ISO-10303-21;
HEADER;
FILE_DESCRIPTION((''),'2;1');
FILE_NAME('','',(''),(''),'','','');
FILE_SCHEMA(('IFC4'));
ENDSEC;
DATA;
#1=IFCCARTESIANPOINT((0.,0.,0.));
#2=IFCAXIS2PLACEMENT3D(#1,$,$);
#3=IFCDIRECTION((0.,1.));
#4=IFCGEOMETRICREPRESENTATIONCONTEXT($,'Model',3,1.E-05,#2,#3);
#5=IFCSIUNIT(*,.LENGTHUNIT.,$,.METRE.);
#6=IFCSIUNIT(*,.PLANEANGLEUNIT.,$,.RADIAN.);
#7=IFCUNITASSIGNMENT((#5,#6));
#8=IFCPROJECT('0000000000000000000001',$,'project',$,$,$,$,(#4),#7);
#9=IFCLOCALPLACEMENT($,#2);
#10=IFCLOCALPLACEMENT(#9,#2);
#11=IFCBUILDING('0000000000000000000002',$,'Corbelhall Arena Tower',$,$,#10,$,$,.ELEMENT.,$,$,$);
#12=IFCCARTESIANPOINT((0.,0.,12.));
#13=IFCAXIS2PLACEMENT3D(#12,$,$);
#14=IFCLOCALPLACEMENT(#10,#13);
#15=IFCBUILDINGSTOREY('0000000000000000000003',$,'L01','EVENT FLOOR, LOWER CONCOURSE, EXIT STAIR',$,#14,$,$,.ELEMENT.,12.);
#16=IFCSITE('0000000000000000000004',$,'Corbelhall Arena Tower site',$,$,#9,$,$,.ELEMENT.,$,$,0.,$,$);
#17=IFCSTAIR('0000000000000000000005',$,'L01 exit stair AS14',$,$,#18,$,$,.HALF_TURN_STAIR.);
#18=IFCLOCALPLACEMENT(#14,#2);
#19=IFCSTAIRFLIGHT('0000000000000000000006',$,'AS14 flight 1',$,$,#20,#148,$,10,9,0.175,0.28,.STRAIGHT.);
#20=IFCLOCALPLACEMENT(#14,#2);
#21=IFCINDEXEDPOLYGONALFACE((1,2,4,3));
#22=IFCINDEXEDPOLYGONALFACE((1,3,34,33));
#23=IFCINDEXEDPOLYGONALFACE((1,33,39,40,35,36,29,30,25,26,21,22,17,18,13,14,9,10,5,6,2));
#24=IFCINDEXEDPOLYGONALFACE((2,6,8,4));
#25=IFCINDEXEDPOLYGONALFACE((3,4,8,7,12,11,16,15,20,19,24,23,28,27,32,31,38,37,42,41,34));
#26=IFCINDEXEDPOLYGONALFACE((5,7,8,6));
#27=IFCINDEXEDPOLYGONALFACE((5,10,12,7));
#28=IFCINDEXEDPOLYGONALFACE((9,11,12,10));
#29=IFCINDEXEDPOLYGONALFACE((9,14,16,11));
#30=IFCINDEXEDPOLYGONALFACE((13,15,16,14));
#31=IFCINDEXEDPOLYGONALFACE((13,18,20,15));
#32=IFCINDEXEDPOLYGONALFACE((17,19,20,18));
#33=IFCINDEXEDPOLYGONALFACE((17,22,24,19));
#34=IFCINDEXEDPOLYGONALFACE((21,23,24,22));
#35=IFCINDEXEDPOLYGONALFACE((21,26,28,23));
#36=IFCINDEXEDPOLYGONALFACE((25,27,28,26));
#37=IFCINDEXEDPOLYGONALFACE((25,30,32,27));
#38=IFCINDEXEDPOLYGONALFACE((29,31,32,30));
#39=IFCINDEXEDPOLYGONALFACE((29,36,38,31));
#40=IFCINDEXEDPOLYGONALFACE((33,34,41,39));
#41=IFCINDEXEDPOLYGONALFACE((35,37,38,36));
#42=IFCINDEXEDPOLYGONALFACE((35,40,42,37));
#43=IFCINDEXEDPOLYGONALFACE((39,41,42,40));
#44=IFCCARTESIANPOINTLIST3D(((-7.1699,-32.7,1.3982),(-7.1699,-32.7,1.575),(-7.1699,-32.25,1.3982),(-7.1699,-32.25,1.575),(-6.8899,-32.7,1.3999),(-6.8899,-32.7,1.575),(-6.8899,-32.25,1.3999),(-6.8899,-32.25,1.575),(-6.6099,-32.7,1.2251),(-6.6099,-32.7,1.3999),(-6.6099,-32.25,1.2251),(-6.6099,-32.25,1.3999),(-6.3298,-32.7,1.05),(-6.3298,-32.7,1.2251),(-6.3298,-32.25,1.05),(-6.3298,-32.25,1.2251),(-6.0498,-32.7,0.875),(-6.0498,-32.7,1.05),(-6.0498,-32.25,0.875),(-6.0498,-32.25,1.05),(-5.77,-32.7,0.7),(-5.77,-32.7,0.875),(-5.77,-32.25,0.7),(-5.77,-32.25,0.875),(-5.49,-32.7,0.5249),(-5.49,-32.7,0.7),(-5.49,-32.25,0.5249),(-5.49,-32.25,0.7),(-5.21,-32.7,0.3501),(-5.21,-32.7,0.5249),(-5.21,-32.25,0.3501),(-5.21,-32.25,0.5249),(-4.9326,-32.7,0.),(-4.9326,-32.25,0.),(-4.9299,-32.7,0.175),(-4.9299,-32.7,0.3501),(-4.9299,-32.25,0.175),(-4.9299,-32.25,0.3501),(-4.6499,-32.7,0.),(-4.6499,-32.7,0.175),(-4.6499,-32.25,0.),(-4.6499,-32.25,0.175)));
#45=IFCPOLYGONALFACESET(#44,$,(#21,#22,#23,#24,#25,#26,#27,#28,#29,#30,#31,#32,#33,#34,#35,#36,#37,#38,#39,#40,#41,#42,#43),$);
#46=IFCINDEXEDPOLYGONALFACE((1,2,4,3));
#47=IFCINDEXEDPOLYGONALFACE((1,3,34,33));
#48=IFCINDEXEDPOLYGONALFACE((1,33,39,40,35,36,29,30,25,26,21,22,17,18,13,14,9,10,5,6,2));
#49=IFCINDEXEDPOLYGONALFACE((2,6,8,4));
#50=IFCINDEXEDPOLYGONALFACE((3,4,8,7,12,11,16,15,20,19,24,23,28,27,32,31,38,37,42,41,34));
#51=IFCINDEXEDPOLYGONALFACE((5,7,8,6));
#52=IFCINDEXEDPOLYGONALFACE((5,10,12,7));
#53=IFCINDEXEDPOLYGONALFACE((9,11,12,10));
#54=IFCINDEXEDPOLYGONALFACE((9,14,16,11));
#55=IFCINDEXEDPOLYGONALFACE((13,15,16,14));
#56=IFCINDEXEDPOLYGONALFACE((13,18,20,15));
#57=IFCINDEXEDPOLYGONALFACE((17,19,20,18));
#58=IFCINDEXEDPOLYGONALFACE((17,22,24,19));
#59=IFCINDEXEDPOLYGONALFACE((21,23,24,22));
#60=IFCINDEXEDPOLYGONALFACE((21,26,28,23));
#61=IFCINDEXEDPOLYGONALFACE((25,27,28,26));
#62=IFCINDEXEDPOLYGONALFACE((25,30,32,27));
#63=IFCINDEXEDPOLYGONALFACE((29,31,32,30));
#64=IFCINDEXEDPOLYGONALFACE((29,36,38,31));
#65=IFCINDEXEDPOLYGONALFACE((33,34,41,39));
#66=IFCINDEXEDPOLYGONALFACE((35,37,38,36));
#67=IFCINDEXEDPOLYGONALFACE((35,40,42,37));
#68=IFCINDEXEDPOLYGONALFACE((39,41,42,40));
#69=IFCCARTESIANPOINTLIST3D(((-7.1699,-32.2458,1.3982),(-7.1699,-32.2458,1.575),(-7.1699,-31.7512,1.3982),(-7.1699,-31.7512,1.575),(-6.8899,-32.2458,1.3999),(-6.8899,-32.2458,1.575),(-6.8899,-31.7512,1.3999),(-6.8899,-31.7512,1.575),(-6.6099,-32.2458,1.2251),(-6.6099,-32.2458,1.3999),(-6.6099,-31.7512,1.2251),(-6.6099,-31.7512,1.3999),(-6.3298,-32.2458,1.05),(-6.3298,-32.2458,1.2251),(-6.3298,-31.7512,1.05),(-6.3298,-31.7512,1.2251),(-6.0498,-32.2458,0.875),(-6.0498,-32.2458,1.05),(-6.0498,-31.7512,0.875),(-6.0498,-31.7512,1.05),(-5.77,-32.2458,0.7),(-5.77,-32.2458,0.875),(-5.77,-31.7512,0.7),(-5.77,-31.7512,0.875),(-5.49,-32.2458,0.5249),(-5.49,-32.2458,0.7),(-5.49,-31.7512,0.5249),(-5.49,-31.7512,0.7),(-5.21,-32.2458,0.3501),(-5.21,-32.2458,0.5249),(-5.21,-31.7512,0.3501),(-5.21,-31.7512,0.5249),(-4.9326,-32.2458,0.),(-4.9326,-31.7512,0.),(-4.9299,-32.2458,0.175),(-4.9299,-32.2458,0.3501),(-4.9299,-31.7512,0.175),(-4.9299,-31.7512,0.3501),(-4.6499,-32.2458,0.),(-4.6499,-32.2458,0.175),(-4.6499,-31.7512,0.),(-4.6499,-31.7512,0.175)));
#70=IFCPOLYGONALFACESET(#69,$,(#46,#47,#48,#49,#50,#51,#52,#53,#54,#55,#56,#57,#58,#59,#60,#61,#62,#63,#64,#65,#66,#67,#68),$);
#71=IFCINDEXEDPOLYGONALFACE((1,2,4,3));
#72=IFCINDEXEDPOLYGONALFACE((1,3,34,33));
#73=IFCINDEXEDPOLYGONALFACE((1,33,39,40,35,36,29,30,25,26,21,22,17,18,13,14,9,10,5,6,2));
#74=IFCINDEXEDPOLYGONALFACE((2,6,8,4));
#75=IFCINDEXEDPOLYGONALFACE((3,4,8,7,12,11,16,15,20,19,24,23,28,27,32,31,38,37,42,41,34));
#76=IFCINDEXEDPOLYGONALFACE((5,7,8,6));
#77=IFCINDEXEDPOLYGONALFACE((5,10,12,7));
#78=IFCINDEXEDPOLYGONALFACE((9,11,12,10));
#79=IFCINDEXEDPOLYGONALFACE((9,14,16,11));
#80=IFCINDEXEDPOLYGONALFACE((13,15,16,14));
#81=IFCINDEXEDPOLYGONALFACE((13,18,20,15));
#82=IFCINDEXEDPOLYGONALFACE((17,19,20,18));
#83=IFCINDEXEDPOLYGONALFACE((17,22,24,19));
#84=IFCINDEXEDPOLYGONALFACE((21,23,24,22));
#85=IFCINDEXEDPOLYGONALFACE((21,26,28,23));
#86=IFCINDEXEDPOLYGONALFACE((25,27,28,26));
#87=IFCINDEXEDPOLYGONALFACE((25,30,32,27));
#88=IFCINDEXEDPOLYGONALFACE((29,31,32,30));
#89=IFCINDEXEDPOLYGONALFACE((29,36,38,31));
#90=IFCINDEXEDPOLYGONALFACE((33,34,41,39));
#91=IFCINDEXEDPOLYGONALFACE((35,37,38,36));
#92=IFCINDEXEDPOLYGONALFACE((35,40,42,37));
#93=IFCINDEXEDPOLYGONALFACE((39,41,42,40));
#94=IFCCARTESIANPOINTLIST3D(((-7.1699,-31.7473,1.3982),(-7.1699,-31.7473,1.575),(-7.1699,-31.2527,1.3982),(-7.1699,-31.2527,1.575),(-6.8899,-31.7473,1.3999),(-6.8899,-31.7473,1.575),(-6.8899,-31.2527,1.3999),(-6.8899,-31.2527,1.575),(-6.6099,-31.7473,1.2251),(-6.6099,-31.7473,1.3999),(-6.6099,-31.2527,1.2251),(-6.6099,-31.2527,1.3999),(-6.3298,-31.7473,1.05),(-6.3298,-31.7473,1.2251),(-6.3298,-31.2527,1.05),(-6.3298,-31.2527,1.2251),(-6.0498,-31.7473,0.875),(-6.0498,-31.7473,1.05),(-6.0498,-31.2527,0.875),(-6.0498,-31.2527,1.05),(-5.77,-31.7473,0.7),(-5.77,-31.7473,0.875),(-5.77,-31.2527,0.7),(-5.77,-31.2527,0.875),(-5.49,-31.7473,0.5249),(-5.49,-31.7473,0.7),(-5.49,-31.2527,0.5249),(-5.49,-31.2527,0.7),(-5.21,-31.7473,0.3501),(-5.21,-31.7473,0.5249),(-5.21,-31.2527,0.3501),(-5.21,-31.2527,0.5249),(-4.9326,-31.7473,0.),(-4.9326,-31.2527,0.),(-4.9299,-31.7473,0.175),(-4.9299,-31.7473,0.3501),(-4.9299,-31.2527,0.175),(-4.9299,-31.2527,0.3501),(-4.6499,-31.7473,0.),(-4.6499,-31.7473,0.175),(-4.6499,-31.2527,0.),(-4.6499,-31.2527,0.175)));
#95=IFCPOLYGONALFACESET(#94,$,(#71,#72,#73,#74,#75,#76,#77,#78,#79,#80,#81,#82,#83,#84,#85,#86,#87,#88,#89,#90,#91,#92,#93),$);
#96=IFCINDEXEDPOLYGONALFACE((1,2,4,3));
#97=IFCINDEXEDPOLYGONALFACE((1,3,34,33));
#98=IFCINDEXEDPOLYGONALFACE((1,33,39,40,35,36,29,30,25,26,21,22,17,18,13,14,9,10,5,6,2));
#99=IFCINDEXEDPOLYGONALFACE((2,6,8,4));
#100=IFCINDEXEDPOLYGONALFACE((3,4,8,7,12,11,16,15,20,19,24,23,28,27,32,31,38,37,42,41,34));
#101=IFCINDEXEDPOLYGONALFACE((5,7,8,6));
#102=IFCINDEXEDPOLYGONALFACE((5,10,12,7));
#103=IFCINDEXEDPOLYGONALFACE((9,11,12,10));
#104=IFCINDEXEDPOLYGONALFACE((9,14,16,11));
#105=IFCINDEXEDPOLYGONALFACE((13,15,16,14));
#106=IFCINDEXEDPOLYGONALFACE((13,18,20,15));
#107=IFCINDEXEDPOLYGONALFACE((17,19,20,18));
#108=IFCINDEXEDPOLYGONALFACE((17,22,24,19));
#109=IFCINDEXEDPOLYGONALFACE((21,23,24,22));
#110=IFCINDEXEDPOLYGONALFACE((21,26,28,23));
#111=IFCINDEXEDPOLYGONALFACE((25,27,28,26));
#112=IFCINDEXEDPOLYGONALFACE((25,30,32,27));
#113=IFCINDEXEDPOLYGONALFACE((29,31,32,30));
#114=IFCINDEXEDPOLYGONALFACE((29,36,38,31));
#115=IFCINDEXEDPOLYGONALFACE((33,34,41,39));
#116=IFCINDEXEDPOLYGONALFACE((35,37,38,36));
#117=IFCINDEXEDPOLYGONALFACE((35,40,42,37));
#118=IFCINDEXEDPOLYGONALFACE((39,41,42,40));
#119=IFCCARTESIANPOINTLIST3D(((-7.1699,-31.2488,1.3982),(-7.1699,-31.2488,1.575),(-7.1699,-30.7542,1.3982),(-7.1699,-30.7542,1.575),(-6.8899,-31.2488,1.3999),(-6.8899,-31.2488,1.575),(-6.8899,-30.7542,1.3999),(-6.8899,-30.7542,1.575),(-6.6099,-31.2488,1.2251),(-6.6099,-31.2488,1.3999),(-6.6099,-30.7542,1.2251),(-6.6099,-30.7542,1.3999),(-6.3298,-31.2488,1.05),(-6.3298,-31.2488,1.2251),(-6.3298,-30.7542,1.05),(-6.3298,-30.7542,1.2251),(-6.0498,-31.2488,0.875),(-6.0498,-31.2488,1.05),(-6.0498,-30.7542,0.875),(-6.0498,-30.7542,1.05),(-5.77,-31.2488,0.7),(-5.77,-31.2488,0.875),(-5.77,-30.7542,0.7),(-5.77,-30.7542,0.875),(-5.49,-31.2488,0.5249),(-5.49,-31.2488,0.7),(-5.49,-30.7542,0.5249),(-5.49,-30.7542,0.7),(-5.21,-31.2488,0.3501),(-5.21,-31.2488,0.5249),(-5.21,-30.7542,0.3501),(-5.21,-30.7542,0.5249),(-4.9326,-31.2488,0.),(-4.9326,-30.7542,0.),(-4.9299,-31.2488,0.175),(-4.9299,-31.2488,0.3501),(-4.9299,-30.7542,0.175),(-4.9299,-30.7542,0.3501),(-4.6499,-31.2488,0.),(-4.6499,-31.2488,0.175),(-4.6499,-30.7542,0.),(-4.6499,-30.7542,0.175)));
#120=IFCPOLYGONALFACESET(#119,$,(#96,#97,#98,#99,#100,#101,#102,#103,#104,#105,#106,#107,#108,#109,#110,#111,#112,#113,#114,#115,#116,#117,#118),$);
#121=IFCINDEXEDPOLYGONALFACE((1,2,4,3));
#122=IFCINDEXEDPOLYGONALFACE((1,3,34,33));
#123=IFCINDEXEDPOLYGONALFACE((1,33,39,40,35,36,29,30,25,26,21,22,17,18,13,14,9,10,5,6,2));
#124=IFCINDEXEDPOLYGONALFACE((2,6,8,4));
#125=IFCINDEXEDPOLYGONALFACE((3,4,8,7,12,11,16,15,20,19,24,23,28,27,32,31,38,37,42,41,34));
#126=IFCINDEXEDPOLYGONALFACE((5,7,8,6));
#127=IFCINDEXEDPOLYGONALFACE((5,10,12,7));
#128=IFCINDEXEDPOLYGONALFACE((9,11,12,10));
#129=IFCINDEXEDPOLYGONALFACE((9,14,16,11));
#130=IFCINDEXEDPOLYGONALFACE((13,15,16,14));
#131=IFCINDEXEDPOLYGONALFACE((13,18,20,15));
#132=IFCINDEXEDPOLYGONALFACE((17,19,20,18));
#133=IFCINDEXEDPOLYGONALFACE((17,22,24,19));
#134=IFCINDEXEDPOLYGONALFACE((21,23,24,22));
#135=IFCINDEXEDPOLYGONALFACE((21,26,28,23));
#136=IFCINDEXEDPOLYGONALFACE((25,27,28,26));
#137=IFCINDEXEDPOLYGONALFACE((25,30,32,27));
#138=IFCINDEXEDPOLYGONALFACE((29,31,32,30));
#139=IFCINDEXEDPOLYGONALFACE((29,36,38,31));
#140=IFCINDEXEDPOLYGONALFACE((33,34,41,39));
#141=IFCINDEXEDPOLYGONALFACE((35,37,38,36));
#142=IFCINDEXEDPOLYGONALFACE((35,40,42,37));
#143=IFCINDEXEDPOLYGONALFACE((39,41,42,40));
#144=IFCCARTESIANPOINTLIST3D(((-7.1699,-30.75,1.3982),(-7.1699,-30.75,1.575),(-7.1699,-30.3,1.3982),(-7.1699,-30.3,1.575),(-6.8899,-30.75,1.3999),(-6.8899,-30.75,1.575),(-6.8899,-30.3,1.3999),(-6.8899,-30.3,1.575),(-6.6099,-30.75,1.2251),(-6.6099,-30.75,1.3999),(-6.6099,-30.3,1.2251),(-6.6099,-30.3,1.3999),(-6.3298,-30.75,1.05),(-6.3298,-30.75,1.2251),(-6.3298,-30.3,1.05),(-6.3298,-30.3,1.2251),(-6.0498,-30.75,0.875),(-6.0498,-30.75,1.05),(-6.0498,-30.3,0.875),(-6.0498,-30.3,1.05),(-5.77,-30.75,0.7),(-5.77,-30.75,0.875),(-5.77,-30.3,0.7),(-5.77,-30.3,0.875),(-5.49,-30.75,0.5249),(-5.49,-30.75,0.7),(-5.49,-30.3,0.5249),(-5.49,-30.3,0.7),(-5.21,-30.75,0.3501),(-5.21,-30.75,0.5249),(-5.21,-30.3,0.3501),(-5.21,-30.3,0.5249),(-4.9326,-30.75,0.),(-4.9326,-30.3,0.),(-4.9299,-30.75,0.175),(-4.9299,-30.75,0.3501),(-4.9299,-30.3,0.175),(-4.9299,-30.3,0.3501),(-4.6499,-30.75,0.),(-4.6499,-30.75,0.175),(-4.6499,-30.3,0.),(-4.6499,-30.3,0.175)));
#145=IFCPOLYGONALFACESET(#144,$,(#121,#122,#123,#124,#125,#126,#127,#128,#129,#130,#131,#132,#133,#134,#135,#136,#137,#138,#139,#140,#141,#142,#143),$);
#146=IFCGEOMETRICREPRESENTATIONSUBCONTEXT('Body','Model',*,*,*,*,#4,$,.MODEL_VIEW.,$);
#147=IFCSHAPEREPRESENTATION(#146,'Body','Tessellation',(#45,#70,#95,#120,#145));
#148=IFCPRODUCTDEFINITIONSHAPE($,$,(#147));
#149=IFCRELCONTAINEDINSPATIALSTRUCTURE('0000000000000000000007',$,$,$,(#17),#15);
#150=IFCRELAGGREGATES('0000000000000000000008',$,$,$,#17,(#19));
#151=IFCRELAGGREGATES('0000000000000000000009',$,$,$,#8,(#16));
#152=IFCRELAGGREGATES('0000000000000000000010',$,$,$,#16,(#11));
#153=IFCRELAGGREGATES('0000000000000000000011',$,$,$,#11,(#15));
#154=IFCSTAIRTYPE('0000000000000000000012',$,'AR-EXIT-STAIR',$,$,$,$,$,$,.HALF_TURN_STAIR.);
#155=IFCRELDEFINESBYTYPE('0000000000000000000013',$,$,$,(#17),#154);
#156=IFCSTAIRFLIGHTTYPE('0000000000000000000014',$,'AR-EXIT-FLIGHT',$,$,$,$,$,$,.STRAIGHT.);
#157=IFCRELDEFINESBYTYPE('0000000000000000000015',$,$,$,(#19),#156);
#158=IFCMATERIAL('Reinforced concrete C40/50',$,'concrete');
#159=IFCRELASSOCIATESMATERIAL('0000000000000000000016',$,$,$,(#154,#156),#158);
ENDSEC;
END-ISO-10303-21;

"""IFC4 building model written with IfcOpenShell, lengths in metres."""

from ifc_helpers import new_model, si_unit, direction, frame, origin, place, context, subcontext, project, spatial, polyline, outline, extrude, material, type_object, element, aggregate, save


model = new_model("IFC4")

# Units and contexts
model_context = context("Model", 3, precision=1e-05, world=origin(), true_north=direction((0.0, 1.0)))
body_context = subcontext(model_context, "Body", "Model", "MODEL_VIEW")
ifc_project = project(units=[si_unit("LENGTHUNIT", "METRE"), si_unit("PLANEANGLEUNIT", "RADIAN")], contexts=[model_context])

# Site, building, storey
site_placement = place(None, origin())
site = spatial("IfcSite", under=ifc_project, at=site_placement, Name="Corbelhall Arena Tower site", CompositionType="ELEMENT", RefElevation=0.0)
building_placement = place(site_placement, origin())
building = spatial("IfcBuilding", under=site, at=building_placement, Name="Corbelhall Arena Tower", CompositionType="ELEMENT")
storey_placement = place(building_placement, frame((0.0, 0.0, 12.0)))
storey = spatial("IfcBuildingStorey", under=building, at=storey_placement, Name="L01", Description="EVENT FLOOR, LOWER CONCOURSE, EXIT STAIR", CompositionType="ELEMENT", Elevation=12.0)

# Shared definitions
ifc_material_1 = material(Name="Reinforced concrete C40/50", Category="concrete")

# Stair, stair flight
stair_type = type_object("IfcStairType", Name="AR-EXIT-STAIR", PredefinedType="HALF_TURN_STAIR", material=ifc_material_1)
stair_placement = place(storey_placement, origin())
stair = element("IfcStair", 1, at=stair_placement, inside=storey, type_object=stair_type, Name="L01 exit stair AS14", PredefinedType="HALF_TURN_STAIR")
stair_flight_type = type_object("IfcStairFlightType", Name="AR-EXIT-FLIGHT", PredefinedType="STRAIGHT", material=ifc_material_1)
stair_flight_1_placement = place(storey_placement, frame((-4.6499, -31.5, 0.0), z_axis=(0.0, 0.0, 1.0), x_axis=(-1.0, 0.0, 0.0)))
stair_flight_1 = element("IfcStairFlight", 2, at=stair_flight_1_placement, type_object=stair_flight_type, Name="AS14 flight 1", NumberOfRisers=10, NumberOfTreads=9, PredefinedType="STRAIGHT", RiserHeight=0.175, TreadLength=0.28, context=body_context, shape_type="SweptSolid", body=[
    extrude(outline(polyline([(0.0, 0.0), (0.0, 0.175), (0.28, 0.175), (0.28, 0.3501), (0.5601, 0.3501), (0.5601, 0.5249), (0.8401, 0.5249), (0.8401, 0.7), (1.1201, 0.7), (1.1201, 0.875), (1.3999, 0.875), (1.3999, 1.05), (1.6799, 1.05), (1.6799, 1.2251), (1.96, 1.2251), (1.96, 1.3999), (2.24, 1.3999), (2.24, 1.575), (2.52, 1.575), (2.52, 1.75), (2.52, 1.3982), (0.2827, 0.0), (0.0, 0.0)])), frame((0.0, 1.2, 0.0), z_axis=(0.0, -1.0, 0.0), x_axis=(1.0, 0.0, 0.0)), (0.0, 0.0, 1.0), 0.45),
    extrude(outline(polyline([(0.0, 0.0), (0.0, 0.175), (0.28, 0.175), (0.28, 0.3501), (0.5601, 0.3501), (0.5601, 0.5249), (0.8401, 0.5249), (0.8401, 0.7), (1.1201, 0.7), (1.1201, 0.875), (1.3999, 0.875), (1.3999, 1.05), (1.6799, 1.05), (1.6799, 1.2251), (1.96, 1.2251), (1.96, 1.3999), (2.24, 1.3999), (2.24, 1.575), (2.52, 1.575), (2.52, 1.75), (2.52, 1.3982), (0.2827, 0.0), (0.0, 0.0)])), frame((0.0, 0.7458, 0.0), z_axis=(0.0, -1.0, 0.0), x_axis=(1.0, 0.0, 0.0)), (0.0, 0.0, 1.0), 0.4946),
    extrude(outline(polyline([(0.0, 0.0), (0.0, 0.175), (0.28, 0.175), (0.28, 0.3501), (0.5601, 0.3501), (0.5601, 0.5249), (0.8401, 0.5249), (0.8401, 0.7), (1.1201, 0.7), (1.1201, 0.875), (1.3999, 0.875), (1.3999, 1.05), (1.6799, 1.05), (1.6799, 1.2251), (1.96, 1.2251), (1.96, 1.3999), (2.24, 1.3999), (2.24, 1.575), (2.52, 1.575), (2.52, 1.75), (2.52, 1.3982), (0.2827, 0.0), (0.0, 0.0)])), frame((0.0, 0.2473, 0.0), z_axis=(0.0, -1.0, 0.0), x_axis=(1.0, 0.0, 0.0)), (0.0, 0.0, 1.0), 0.4946),
    extrude(outline(polyline([(0.0, 0.0), (0.0, 0.175), (0.28, 0.175), (0.28, 0.3501), (0.5601, 0.3501), (0.5601, 0.5249), (0.8401, 0.5249), (0.8401, 0.7), (1.1201, 0.7), (1.1201, 0.875), (1.3999, 0.875), (1.3999, 1.05), (1.6799, 1.05), (1.6799, 1.2251), (1.96, 1.2251), (1.96, 1.3999), (2.24, 1.3999), (2.24, 1.575), (2.52, 1.575), (2.52, 1.75), (2.52, 1.3982), (0.2827, 0.0), (0.0, 0.0)])), frame((0.0, -0.2512, 0.0), z_axis=(0.0, -1.0, 0.0), x_axis=(1.0, 0.0, 0.0)), (0.0, 0.0, 1.0), 0.4946),
    extrude(outline(polyline([(0.0, 0.0), (0.0, 0.175), (0.28, 0.175), (0.28, 0.3501), (0.5601, 0.3501), (0.5601, 0.5249), (0.8401, 0.5249), (0.8401, 0.7), (1.1201, 0.7), (1.1201, 0.875), (1.3999, 0.875), (1.3999, 1.05), (1.6799, 1.05), (1.6799, 1.2251), (1.96, 1.2251), (1.96, 1.3999), (2.24, 1.3999), (2.24, 1.575), (2.52, 1.575), (2.52, 1.75), (2.52, 1.3982), (0.2827, 0.0), (0.0, 0.0)])), frame((0.0, -0.75, 0.0), z_axis=(0.0, -1.0, 0.0), x_axis=(1.0, 0.0, 0.0)), (0.0, 0.0, 1.0), 0.45),
])
aggregate(stair, [stair_flight_1])

save(model, "model.ifc")
